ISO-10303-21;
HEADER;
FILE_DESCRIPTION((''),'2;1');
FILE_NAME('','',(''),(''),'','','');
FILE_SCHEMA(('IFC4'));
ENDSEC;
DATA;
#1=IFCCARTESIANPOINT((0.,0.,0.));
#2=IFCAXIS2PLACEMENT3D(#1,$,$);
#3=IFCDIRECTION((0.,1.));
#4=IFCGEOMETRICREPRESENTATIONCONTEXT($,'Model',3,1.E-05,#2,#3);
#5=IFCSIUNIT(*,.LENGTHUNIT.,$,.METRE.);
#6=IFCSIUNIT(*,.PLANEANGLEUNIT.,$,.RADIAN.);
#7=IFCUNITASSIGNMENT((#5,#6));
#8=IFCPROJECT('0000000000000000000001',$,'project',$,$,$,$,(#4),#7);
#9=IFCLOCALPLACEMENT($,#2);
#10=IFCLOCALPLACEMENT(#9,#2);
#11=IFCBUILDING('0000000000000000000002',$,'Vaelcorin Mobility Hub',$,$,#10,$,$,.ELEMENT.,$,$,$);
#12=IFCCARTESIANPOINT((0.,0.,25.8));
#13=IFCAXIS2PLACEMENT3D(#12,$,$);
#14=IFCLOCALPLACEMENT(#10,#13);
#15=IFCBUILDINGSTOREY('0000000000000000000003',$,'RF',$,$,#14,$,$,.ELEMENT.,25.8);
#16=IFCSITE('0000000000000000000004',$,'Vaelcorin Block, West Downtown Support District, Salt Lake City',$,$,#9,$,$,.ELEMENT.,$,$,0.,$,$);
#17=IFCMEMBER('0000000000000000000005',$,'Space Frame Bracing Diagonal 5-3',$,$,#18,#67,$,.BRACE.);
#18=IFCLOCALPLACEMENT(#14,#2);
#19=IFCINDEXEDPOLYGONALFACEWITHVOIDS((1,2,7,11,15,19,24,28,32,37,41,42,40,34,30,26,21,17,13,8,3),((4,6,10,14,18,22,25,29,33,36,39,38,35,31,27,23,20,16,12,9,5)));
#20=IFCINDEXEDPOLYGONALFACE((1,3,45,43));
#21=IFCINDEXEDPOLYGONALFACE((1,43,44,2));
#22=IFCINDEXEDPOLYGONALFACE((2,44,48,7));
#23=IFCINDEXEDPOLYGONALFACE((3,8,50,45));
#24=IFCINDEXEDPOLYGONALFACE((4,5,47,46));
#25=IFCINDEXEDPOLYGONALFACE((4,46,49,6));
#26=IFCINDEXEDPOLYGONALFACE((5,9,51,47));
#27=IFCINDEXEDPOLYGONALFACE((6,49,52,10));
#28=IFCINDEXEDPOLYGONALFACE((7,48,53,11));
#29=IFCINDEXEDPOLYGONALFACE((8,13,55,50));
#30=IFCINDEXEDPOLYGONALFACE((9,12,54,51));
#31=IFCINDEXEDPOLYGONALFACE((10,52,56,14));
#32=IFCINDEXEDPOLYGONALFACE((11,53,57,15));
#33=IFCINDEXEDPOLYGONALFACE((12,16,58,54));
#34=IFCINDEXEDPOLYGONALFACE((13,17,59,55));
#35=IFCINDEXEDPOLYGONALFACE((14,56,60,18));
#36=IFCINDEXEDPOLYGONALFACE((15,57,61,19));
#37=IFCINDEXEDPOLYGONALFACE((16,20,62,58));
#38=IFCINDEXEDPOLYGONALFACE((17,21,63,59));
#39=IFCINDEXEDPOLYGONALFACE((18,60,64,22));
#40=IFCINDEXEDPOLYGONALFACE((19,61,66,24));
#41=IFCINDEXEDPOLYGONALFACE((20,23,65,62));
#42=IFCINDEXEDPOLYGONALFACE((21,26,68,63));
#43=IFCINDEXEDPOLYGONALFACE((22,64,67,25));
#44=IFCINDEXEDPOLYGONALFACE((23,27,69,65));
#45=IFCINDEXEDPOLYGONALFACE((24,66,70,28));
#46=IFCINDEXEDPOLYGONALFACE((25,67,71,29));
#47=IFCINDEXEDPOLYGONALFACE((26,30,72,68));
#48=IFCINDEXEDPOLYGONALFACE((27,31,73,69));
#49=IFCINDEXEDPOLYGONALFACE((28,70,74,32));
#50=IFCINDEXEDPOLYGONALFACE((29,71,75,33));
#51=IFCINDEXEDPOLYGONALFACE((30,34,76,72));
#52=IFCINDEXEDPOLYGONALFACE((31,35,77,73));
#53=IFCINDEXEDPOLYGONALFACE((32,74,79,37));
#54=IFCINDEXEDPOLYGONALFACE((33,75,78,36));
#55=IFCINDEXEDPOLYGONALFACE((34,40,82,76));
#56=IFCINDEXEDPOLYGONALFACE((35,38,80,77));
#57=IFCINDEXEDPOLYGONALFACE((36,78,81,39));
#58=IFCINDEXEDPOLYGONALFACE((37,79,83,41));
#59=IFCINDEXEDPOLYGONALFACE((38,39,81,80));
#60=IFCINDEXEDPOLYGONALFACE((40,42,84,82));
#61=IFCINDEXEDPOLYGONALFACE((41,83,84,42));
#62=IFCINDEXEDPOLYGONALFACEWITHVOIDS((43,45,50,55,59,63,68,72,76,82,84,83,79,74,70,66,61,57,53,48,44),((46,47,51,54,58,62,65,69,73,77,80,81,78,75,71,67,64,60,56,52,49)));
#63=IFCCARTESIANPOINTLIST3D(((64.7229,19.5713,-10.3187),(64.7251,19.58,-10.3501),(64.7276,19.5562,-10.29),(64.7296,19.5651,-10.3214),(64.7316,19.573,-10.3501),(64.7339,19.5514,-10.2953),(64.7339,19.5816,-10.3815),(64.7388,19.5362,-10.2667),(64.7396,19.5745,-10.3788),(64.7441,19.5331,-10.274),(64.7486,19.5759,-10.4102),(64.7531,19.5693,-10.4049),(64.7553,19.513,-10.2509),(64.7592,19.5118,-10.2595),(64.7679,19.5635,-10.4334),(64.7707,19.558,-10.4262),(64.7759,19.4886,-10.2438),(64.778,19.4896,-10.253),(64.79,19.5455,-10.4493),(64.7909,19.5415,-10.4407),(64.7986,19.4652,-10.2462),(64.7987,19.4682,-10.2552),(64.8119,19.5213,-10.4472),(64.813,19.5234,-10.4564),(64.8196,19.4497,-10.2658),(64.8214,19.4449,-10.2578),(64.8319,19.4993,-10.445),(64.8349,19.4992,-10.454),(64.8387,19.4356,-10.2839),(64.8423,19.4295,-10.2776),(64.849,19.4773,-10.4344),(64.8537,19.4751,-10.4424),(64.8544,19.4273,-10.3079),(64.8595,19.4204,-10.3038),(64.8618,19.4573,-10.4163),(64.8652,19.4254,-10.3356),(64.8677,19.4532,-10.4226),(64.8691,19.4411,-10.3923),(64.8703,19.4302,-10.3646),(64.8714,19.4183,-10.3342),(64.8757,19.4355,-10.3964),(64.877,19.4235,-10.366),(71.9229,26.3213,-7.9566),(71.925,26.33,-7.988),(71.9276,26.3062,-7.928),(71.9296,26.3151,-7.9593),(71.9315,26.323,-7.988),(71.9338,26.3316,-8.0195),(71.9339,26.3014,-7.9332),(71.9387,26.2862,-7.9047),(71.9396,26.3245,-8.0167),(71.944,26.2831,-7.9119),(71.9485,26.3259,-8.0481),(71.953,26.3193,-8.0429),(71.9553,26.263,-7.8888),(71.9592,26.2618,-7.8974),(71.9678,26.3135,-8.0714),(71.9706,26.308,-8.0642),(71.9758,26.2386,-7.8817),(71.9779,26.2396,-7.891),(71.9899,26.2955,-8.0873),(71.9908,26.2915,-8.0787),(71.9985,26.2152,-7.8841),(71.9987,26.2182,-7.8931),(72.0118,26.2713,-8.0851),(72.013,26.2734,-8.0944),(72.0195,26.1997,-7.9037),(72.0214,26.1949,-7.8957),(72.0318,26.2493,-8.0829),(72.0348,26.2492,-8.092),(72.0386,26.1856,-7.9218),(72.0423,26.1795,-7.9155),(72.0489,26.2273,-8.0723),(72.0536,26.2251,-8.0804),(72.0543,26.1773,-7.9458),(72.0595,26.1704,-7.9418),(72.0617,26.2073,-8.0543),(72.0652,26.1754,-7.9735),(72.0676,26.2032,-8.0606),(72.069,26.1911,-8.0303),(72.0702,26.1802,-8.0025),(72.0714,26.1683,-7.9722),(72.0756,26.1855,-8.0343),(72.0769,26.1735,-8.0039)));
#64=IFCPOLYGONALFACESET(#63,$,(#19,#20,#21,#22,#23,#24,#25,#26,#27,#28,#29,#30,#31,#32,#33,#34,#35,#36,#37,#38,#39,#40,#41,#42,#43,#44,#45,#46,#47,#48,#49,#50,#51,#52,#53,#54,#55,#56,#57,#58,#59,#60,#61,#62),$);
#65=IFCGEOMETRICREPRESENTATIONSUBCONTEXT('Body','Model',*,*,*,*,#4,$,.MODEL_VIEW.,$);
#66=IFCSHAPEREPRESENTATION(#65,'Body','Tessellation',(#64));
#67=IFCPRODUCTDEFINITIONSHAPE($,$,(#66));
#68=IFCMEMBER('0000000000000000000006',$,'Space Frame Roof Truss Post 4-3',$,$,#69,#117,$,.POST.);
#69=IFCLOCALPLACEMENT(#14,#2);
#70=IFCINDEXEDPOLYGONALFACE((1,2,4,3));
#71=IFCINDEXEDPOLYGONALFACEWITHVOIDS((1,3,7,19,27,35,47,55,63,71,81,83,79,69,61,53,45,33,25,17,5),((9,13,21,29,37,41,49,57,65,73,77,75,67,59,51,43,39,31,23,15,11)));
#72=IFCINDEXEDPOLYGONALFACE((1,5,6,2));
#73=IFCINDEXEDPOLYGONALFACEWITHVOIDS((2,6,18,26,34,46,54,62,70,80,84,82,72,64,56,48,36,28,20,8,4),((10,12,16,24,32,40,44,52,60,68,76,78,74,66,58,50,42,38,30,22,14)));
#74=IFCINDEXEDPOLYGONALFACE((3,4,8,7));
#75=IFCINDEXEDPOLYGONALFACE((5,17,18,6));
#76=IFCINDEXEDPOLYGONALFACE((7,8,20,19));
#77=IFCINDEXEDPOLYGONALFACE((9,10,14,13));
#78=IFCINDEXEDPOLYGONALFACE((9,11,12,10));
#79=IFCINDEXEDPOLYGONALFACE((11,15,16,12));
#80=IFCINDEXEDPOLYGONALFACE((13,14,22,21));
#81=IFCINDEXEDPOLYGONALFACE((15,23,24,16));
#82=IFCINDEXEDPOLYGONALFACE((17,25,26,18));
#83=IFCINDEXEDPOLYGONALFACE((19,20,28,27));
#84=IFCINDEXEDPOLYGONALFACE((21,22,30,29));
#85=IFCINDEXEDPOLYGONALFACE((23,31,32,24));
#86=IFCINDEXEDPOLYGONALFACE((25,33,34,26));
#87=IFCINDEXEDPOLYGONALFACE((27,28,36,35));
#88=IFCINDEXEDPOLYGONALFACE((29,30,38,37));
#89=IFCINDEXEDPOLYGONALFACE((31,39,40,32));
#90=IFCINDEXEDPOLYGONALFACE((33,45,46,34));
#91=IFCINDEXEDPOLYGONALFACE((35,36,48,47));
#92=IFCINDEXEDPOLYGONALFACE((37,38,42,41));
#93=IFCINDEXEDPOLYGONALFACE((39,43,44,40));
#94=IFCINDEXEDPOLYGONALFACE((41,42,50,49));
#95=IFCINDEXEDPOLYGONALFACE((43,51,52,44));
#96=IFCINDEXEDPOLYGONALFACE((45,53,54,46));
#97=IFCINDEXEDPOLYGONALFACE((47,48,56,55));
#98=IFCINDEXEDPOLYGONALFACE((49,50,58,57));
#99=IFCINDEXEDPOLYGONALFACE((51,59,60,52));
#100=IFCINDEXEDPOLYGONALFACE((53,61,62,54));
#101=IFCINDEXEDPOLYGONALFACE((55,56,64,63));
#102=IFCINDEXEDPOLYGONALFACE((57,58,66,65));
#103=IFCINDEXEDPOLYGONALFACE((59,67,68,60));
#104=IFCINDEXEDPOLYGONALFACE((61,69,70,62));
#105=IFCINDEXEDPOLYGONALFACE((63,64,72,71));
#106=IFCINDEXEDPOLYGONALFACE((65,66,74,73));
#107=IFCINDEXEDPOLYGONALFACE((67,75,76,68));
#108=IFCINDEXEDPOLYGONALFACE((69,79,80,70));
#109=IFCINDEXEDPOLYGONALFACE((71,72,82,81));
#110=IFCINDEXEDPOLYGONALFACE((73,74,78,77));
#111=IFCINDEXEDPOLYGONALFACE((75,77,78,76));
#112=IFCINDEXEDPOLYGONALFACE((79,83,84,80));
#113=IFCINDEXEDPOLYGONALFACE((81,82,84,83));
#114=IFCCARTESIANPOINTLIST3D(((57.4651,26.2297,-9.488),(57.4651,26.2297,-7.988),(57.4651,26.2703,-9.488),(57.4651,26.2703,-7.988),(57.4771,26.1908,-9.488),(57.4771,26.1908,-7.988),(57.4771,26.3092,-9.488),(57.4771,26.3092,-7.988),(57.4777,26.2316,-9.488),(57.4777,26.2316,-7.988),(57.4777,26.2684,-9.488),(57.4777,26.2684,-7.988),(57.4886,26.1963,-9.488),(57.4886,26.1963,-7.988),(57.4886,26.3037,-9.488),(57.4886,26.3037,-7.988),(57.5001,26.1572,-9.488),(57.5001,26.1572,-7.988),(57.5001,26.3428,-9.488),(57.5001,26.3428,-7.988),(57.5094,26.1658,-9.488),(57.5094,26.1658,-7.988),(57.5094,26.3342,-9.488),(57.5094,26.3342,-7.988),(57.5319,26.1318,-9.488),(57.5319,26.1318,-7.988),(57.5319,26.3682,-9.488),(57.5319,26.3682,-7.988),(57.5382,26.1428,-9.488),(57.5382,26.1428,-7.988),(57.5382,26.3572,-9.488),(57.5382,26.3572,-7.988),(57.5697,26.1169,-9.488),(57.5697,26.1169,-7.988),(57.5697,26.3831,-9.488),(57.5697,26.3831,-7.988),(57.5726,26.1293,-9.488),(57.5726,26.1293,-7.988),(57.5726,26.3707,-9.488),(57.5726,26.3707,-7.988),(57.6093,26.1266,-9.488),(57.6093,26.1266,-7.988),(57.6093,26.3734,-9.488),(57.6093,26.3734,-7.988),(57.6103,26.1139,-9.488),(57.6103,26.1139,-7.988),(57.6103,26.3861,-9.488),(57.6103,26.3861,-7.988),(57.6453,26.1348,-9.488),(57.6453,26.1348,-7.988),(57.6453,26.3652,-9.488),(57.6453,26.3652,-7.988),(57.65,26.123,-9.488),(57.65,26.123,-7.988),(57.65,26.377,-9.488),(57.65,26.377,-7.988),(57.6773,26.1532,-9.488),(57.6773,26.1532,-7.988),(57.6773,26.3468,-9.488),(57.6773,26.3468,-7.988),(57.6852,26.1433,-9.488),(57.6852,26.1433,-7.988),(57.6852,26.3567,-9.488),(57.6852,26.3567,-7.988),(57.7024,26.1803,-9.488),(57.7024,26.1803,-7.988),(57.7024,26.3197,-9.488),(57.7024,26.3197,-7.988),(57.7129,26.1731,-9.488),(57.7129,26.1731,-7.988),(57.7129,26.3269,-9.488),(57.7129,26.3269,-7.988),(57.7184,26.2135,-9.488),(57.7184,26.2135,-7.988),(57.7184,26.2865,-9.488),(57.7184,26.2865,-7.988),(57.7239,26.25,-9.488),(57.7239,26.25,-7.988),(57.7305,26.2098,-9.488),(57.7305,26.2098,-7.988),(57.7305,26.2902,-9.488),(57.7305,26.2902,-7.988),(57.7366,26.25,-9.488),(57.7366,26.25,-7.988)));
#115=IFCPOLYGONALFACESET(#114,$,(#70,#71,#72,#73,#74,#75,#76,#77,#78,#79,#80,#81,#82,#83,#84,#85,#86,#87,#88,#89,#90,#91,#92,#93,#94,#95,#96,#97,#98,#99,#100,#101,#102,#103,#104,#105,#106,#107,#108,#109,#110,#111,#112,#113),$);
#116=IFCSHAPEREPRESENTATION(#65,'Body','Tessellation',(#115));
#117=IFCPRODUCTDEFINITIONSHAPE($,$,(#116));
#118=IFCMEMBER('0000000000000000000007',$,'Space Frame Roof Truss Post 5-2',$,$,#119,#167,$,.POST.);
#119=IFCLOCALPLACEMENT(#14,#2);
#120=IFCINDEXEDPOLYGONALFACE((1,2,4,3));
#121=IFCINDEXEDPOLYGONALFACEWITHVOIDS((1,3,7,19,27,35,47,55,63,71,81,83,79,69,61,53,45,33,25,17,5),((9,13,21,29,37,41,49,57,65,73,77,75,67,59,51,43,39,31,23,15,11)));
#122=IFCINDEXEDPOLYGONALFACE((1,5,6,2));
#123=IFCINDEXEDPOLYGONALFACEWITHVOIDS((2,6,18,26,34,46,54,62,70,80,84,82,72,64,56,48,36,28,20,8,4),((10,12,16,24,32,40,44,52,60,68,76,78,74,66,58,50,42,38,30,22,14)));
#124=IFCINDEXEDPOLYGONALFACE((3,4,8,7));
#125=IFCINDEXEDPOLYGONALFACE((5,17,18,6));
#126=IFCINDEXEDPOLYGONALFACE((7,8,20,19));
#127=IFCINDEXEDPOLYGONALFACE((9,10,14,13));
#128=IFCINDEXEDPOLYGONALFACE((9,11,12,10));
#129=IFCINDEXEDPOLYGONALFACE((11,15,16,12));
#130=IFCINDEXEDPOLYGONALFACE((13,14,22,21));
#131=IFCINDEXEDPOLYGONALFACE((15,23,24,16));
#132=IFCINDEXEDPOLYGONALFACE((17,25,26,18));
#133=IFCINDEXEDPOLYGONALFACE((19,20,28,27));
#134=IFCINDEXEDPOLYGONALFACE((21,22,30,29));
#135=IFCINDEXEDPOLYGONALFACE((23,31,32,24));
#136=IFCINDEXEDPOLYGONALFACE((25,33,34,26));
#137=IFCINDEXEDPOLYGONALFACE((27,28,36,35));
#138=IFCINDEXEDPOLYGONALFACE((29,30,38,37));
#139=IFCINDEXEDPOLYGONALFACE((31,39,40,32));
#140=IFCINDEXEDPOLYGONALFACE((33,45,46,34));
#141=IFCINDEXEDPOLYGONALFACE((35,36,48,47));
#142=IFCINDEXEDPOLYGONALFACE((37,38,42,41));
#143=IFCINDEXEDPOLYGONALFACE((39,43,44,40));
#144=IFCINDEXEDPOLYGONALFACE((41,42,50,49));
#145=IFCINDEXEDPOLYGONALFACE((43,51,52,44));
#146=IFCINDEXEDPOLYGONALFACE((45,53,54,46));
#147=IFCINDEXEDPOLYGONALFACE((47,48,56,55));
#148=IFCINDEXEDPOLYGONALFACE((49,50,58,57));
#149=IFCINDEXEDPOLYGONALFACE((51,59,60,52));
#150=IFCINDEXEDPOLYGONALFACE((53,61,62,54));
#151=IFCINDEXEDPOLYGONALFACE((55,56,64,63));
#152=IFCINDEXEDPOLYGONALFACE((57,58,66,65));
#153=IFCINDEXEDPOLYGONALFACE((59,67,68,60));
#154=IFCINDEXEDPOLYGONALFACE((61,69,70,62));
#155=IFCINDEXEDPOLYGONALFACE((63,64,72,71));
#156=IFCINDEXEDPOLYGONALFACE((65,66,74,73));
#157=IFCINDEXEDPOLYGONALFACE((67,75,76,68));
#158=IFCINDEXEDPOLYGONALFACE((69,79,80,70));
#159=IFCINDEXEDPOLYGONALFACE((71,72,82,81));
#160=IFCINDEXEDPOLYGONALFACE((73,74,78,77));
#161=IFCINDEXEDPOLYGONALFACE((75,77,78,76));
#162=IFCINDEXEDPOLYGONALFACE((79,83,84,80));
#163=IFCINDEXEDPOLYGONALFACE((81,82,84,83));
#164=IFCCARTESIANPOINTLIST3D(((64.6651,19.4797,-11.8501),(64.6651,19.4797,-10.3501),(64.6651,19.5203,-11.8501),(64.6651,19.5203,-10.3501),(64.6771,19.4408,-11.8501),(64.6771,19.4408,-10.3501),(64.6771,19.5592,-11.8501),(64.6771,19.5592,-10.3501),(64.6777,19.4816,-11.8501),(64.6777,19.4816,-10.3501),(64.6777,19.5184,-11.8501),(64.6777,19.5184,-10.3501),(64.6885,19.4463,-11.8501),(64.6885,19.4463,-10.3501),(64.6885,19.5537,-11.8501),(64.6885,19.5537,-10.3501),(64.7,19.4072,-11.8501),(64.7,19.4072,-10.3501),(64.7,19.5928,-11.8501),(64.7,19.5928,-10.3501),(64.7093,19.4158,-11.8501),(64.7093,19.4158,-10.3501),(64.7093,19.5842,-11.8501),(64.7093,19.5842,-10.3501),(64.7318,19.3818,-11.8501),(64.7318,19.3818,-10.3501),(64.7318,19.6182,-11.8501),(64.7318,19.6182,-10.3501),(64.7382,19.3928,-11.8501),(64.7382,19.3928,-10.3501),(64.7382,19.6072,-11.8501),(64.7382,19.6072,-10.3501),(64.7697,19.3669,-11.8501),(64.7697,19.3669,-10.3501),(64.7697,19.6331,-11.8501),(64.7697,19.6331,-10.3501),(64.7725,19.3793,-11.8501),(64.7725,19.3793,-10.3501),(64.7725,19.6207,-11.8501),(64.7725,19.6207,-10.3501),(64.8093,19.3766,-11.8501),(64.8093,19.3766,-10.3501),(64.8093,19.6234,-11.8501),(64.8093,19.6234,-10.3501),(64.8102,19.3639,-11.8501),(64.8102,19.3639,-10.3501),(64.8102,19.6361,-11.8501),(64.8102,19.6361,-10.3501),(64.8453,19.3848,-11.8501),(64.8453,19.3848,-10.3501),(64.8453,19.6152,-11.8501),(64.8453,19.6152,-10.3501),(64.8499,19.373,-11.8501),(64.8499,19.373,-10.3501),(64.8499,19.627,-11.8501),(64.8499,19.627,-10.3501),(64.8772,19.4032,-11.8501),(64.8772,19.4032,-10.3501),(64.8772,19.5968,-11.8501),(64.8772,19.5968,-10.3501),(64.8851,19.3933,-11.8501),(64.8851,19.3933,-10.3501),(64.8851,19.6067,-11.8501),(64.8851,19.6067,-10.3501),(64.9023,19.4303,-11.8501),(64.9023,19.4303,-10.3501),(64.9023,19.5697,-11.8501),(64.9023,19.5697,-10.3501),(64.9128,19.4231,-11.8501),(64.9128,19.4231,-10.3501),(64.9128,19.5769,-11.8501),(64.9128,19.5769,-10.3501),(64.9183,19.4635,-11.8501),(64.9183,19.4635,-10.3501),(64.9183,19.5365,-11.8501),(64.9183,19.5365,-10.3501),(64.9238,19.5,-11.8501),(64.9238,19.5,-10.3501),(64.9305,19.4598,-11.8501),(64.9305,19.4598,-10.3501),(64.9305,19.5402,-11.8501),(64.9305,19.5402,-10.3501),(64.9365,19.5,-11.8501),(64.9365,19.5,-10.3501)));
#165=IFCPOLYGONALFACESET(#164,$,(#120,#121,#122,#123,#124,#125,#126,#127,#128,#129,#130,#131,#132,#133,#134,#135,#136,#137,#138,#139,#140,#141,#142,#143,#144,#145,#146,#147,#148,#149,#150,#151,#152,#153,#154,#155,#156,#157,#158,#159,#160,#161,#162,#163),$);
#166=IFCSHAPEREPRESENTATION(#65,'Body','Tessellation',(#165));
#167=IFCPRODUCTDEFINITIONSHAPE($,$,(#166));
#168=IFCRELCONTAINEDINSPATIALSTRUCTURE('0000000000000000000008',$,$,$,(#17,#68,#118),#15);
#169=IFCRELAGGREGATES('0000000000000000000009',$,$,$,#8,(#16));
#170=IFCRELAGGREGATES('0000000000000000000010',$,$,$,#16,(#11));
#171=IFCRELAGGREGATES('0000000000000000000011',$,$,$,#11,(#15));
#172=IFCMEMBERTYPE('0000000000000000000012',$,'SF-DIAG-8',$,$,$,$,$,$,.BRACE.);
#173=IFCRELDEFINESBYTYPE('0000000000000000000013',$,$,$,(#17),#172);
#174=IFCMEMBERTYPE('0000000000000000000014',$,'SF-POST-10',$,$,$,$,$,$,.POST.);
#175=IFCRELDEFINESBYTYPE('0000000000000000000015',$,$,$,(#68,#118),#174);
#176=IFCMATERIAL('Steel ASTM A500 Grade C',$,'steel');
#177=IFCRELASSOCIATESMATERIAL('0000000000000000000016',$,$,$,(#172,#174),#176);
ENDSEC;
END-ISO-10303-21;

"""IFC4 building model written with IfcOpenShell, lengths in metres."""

from ifc_helpers import new_model, si_unit, direction, frame, origin, origin_2d, place, context, subcontext, project, spatial, hollow_circle, extrude, material, material_profile, profile_set, type_object, element, save


model = new_model("IFC4")

# Units and contexts
model_context = context("Model", 3, precision=1e-05, world=origin(), true_north=direction((0.0, 1.0)))
body_context = subcontext(model_context, "Body", "Model", "MODEL_VIEW")
ifc_project = project(units=[si_unit("LENGTHUNIT", "METRE"), si_unit("PLANEANGLEUNIT", "RADIAN")], contexts=[model_context])

# Site, building, storey
site_placement = place(None, origin())
site = spatial("IfcSite", under=ifc_project, at=site_placement, Name="Vaelcorin Block, West Downtown Support District, Salt Lake City", CompositionType="ELEMENT", RefElevation=0.0)
building_placement = place(site_placement, origin())
building = spatial("IfcBuilding", under=site, at=building_placement, Name="Vaelcorin Mobility Hub", CompositionType="ELEMENT")
storey_placement = place(building_placement, frame((0.0, 0.0, 25.8)))
storey = spatial("IfcBuildingStorey", under=building, at=storey_placement, Name="RF", CompositionType="ELEMENT", Elevation=25.8)

# Members
ifc_material_1 = material(Name="Steel ASTM A500 Grade C", Category="steel")
ifc_material_profile_1 = material_profile(ifc_material_1, hollow_circle(Radius=0.1096, WallThickness=0.0095, at=origin_2d()), Name="HSS8.625X0.375")
ifc_profile_set_1 = profile_set([ifc_material_profile_1], Name="Steel ASTM A500 Grade C")
member_type_1 = type_object("IfcMemberType", Name="SF-DIAG-8", PredefinedType="BRACE", material=ifc_profile_set_1)
member_1_placement = place(storey_placement, frame((64.8, 19.5, -10.3501), z_axis=(0.709497, 0.665158, 0.232762), x_axis=(-0.683944, 0.729535, 0.0)))
element("IfcMember", 1, at=member_1_placement, inside=storey, type_object=member_type_1, Name="Space Frame Bracing Diagonal 5-3", PredefinedType="BRACE", context=body_context, shape_type="SweptSolid", body=[
    extrude(hollow_circle(Radius=0.1096, WallThickness=0.0095, at=origin_2d()), origin(), (0.0, 0.0, 1.0), 10.1479),
])
ifc_material_profile_2 = material_profile(ifc_material_1, hollow_circle(Radius=0.1365, WallThickness=0.0127, at=origin_2d()), Name="HSS10.750X0.500")
ifc_profile_set_2 = profile_set([ifc_material_profile_2], Name="Steel ASTM A500 Grade C")
member_type_2 = type_object("IfcMemberType", Name="SF-POST-10", PredefinedType="POST", material=ifc_profile_set_2)
for number, where, z_axis, x_axis, name in (
    (2, (57.6001, 26.25, -9.488), (0.0, 0.0, 1.0), (1.0, 0.0, 0.0), "Space Frame Roof Truss Post 4-3"),
    (3, (64.8, 19.5, -11.8501), (0.0, 0.0, 1.0), (1.0, 0.0, 0.0), "Space Frame Roof Truss Post 5-2"),
):
    element("IfcMember", number, at=place(storey_placement, frame(where, z_axis=z_axis, x_axis=x_axis)), inside=storey, type_object=member_type_2, Name=name, PredefinedType="POST", context=body_context, shape_type="SweptSolid", body=[
        extrude(hollow_circle(Radius=0.1365, WallThickness=0.0127, at=origin_2d()), origin(), (0.0, 0.0, 1.0), 1.5),
    ])

save(model, "model.ifc")
